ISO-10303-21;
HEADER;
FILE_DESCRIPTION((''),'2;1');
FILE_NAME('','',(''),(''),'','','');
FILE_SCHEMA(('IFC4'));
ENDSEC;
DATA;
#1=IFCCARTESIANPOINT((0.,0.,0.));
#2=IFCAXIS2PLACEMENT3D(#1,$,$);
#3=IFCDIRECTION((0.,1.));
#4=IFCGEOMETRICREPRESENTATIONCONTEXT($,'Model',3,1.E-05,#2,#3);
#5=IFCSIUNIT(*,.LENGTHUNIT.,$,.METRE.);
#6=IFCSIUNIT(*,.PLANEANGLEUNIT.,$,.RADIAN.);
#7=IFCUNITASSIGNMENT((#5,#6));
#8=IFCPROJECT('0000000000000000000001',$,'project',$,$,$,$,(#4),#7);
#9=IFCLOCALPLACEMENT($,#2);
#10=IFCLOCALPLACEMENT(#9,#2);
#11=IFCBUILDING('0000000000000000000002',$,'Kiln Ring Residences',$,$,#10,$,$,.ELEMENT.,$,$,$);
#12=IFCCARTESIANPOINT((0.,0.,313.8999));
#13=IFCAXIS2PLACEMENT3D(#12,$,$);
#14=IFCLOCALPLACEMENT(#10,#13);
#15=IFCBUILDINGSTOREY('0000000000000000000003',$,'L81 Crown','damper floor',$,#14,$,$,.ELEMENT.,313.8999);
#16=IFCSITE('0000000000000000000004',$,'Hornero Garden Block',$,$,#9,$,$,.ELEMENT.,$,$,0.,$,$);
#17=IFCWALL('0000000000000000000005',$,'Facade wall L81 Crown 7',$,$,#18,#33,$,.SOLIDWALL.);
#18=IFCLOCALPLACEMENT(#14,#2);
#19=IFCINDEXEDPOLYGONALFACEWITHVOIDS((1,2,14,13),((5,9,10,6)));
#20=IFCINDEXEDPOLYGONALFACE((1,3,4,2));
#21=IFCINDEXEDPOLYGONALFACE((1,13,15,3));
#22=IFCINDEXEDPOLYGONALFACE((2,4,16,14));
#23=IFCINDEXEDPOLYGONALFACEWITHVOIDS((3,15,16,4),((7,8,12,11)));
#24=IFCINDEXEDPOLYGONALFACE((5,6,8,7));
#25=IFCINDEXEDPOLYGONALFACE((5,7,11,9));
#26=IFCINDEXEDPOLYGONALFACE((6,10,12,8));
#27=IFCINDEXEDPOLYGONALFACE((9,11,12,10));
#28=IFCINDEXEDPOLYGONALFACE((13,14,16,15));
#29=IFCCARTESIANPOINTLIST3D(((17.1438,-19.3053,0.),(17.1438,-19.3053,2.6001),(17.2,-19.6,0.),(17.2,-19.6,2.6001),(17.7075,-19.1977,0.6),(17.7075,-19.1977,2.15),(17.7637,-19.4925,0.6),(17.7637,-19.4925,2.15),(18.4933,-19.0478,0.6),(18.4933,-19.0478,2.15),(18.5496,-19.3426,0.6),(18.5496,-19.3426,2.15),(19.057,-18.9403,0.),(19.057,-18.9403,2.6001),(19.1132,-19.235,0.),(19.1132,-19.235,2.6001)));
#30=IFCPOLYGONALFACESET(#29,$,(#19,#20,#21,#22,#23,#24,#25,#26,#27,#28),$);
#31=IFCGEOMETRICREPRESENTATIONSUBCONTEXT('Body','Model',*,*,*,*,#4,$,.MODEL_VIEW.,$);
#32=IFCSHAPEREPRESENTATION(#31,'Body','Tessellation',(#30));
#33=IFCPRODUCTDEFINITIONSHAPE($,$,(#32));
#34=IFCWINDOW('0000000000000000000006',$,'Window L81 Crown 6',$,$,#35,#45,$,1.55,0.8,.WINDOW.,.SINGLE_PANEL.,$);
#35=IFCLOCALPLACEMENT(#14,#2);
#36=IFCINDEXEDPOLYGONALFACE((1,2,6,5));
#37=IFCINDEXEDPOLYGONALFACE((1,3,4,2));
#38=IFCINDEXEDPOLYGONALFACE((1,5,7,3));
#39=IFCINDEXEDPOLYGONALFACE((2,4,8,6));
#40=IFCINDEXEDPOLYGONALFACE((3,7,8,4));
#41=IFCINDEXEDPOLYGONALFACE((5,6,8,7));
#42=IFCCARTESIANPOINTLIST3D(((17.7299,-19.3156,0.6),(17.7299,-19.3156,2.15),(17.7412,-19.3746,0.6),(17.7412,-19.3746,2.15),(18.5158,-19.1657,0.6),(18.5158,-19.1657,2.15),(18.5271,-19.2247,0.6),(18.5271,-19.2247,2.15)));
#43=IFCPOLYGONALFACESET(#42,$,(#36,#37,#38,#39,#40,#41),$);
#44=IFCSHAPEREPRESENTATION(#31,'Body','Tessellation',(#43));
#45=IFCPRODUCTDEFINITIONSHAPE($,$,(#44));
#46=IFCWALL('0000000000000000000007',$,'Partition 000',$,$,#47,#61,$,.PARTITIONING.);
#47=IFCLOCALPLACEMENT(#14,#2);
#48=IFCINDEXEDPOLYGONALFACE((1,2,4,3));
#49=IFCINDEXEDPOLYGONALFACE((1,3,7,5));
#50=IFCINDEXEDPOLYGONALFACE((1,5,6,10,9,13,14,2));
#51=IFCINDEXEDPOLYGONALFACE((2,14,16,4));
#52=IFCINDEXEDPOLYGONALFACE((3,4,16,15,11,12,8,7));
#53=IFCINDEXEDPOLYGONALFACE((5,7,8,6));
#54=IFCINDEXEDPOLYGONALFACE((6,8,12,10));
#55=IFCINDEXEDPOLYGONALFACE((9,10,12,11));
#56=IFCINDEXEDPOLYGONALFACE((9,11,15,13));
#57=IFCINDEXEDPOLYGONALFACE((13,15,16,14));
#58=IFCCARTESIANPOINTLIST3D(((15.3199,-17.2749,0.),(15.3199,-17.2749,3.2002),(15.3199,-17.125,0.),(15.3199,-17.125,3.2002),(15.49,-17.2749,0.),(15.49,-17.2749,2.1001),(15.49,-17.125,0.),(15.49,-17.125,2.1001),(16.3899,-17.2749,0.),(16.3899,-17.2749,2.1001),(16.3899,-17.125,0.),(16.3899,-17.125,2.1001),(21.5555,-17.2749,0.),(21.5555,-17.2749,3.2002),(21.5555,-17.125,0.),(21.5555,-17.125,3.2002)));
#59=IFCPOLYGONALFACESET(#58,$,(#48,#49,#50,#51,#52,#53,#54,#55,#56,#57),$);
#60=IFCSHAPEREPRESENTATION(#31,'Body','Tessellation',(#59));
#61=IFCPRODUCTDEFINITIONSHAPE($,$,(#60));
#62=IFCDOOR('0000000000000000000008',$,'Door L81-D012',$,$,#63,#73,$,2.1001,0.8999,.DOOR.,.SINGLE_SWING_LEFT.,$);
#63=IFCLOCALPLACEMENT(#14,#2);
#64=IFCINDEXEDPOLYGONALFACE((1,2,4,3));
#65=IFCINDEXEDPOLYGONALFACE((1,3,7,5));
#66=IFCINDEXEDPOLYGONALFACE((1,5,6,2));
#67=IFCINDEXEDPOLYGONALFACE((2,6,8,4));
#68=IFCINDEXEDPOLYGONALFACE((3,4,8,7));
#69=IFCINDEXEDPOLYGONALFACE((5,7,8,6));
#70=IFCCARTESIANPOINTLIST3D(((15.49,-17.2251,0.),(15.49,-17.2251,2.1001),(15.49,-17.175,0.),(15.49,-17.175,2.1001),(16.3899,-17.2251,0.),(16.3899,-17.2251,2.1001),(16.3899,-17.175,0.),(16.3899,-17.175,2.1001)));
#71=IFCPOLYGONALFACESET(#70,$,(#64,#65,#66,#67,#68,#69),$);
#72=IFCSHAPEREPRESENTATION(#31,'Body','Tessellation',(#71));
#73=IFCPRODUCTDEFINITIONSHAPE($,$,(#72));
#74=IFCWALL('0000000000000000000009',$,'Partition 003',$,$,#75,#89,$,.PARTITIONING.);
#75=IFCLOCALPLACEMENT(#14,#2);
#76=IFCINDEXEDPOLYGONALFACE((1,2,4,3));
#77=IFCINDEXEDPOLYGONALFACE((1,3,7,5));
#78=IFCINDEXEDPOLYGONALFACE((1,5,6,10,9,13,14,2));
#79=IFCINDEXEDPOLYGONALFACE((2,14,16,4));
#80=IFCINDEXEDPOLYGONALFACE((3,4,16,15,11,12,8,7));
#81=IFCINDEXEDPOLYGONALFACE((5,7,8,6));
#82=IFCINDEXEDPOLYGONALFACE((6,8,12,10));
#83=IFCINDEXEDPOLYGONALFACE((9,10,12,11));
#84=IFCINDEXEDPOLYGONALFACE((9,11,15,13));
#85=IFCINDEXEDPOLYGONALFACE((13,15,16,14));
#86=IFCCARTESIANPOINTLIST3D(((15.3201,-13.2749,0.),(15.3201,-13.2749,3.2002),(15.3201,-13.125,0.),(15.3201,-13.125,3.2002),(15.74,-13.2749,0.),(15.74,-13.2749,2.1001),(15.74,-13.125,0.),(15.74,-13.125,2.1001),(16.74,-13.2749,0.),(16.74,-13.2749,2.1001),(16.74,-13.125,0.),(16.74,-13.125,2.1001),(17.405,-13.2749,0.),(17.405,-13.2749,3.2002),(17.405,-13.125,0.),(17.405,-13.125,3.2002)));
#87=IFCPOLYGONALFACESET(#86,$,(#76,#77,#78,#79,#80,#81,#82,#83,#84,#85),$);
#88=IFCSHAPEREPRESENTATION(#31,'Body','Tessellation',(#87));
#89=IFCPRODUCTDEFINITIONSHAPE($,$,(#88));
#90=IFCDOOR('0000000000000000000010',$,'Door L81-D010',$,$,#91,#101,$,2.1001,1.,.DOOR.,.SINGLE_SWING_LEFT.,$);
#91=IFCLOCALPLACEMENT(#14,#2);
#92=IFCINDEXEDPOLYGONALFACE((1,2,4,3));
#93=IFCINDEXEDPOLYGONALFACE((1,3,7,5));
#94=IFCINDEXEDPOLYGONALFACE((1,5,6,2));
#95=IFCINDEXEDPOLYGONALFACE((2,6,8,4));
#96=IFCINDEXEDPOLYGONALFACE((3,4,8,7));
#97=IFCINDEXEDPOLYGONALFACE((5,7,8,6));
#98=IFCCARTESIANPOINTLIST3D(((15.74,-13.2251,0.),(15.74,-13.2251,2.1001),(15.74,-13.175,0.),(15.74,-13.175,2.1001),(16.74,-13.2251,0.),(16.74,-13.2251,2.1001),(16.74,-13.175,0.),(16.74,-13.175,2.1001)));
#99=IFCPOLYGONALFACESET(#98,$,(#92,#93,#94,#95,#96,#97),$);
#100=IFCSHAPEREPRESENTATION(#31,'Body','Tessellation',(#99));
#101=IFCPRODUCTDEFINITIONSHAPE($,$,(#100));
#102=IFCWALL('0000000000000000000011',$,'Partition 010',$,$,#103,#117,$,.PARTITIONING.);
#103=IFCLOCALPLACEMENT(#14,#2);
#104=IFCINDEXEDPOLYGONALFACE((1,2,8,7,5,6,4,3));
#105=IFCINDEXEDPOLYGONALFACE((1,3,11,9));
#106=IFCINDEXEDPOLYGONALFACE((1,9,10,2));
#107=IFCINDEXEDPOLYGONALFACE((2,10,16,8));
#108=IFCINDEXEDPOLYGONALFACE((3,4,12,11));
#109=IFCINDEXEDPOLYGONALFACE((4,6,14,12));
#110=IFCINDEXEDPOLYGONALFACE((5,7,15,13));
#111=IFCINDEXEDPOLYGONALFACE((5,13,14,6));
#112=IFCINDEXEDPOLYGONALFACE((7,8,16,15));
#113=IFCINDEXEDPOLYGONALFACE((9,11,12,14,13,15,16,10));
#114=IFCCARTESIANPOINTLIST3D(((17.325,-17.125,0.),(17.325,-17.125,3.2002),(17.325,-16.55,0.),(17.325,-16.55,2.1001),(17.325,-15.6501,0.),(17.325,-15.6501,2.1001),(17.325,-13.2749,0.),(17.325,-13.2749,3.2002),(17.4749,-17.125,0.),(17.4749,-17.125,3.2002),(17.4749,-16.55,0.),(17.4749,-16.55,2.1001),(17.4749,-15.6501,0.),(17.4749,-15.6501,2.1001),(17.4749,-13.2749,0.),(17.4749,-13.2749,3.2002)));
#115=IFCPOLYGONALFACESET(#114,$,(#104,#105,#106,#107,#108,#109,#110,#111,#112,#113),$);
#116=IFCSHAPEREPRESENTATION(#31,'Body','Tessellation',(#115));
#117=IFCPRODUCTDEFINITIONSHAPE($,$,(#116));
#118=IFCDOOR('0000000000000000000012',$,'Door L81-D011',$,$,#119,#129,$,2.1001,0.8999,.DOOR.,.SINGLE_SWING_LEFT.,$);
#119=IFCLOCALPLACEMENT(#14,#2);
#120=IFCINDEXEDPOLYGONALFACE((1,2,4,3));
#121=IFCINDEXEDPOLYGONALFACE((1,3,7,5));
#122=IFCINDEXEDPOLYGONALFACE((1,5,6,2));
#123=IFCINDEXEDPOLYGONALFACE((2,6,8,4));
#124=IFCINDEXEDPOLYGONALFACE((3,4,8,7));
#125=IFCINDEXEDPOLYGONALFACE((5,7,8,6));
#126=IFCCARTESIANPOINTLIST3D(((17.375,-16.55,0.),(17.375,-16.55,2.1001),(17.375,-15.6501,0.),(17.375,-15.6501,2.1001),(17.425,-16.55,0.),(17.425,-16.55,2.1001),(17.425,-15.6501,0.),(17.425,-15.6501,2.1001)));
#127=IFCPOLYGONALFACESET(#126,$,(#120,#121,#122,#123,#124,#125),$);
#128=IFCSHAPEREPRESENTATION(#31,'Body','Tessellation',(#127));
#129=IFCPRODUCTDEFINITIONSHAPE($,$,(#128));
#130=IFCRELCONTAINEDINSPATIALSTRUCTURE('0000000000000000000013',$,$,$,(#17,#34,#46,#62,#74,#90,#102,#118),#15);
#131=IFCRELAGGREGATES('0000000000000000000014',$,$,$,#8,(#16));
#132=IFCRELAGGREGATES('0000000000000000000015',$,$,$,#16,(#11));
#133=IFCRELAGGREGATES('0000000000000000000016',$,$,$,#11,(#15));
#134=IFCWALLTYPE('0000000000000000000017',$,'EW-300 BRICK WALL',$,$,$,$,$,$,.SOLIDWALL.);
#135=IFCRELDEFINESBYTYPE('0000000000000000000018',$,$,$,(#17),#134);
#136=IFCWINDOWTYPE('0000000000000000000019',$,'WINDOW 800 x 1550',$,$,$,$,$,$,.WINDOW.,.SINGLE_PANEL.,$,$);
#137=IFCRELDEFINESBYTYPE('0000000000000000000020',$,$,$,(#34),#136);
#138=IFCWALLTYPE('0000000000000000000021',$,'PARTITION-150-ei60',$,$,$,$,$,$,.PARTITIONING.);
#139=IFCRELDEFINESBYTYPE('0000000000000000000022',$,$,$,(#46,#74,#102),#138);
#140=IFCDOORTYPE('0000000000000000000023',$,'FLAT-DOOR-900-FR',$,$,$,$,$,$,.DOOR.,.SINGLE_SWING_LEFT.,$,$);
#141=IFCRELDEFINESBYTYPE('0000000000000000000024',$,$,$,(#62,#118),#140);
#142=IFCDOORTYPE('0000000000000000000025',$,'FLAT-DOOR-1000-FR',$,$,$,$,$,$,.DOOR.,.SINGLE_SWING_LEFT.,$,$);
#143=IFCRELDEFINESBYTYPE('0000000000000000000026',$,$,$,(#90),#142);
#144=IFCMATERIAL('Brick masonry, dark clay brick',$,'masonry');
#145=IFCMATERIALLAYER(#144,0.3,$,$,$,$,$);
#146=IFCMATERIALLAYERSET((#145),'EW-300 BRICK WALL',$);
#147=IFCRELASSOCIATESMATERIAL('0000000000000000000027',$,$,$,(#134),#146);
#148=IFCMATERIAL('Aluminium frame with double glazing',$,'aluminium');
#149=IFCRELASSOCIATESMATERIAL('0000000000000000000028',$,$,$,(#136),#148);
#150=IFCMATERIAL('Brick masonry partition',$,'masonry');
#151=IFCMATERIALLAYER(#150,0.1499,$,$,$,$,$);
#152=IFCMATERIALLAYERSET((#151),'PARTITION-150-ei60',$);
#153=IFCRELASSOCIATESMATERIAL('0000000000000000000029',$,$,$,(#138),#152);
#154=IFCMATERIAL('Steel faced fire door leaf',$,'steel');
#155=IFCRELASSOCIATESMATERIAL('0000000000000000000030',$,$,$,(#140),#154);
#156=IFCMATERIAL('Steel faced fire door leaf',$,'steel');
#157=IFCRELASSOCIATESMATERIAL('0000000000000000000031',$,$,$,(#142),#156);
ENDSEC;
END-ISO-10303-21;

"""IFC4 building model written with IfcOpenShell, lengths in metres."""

from ifc_helpers import new_model, si_unit, direction, frame, frame_2d, origin, place, context, subcontext, project, spatial, rectangle, extrude, material, layer, layer_set, type_object, element, fill, save


model = new_model("IFC4")

# Units and contexts
model_context = context("Model", 3, precision=1e-05, world=origin(), true_north=direction((0.0, 1.0)))
body_context = subcontext(model_context, "Body", "Model", "MODEL_VIEW")
ifc_project = project(units=[si_unit("LENGTHUNIT", "METRE"), si_unit("PLANEANGLEUNIT", "RADIAN")], contexts=[model_context])

# Site, building, storey
site_placement = place(None, origin())
site = spatial("IfcSite", under=ifc_project, at=site_placement, Name="Hornero Garden Block", CompositionType="ELEMENT", RefElevation=0.0)
building_placement = place(site_placement, origin())
building = spatial("IfcBuilding", under=site, at=building_placement, Name="Kiln Ring Residences", CompositionType="ELEMENT")
storey_placement = place(building_placement, frame((0.0, 0.0, 313.8999)))
storey = spatial("IfcBuildingStorey", under=building, at=storey_placement, Name="L81 Crown", Description="damper floor", CompositionType="ELEMENT", Elevation=313.8999)

# Shared definitions
ifc_material_1 = material(Name="Brick masonry, dark clay brick", Category="masonry")
ifc_layer_1 = layer(ifc_material_1, 0.3)
ifc_layer_set_1 = layer_set([ifc_layer_1], Name="EW-300 BRICK WALL")
wall_type_1 = type_object("IfcWallType", Name="EW-300 BRICK WALL", PredefinedType="SOLIDWALL", material=ifc_layer_set_1)

# Shared definitions
ifc_material_2 = material(Name="Aluminium frame with double glazing", Category="aluminium")
window_type_1 = type_object("IfcWindowType", Name="WINDOW 800 x 1550", PartitioningType="SINGLE_PANEL", PredefinedType="WINDOW", material=ifc_material_2)

# Wall, opening, window
wall_1_placement = place(storey_placement, frame((17.1719, -19.4526, 0.0), z_axis=(0.0, 0.0, 1.0), x_axis=(0.982287, 0.187383, 0.0)))
wall_1 = element("IfcWall", 1, at=wall_1_placement, inside=storey, type_object=wall_type_1, Name="Facade wall L81 Crown 7", PredefinedType="SOLIDWALL", context=body_context, shape_type="SweptSolid", body=[
    extrude(rectangle(XDim=1.9478, YDim=0.3, at=frame_2d((0.9739, 0.0))), origin(), (0.0, 0.0, 1.0), 2.6001),
])
opening_1_placement = place(wall_1_placement, frame((0.574, 0.0, 0.6001)))
opening_1 = element("IfcOpeningElement", 2, at=opening_1_placement, cuts=wall_1, PredefinedType="OPENING", context=body_context, shape_type="SweptSolid", body=[
    extrude(rectangle(XDim=0.8, YDim=1.55, at=frame_2d((0.3999, 0.7749))), frame((0.0, 0.1599, 0.0), z_axis=(0.0, -1.0, 0.0), x_axis=(1.0, 0.0, 0.0)), (0.0, 0.0, 1.0), 0.3201),
])
window_1_placement = place(opening_1_placement, origin())
window_1 = element("IfcWindow", 3, at=window_1_placement, inside=storey, type_object=window_type_1, Name="Window L81 Crown 6", OverallHeight=1.55, OverallWidth=0.8, PartitioningType="SINGLE_PANEL", PredefinedType="WINDOW", context=body_context, shape_type="SweptSolid", body=[
    extrude(rectangle(XDim=0.8, YDim=1.55, at=frame_2d((0.3999, 0.7749))), frame((0.0, 0.03, 0.0), z_axis=(0.0, -1.0, 0.0), x_axis=(1.0, 0.0, 0.0)), (0.0, 0.0, 1.0), 0.0601),
])
fill(opening_1, window_1)

# Walls, openings, doors
ifc_material_3 = material(Name="Brick masonry partition", Category="masonry")
ifc_layer_2 = layer(ifc_material_3, 0.1499)
ifc_layer_set_2 = layer_set([ifc_layer_2], Name="PARTITION-150-ei60")
wall_type_2 = type_object("IfcWallType", Name="PARTITION-150-ei60", PredefinedType="PARTITIONING", material=ifc_layer_set_2)
wall_2_placement = place(storey_placement, frame((15.3201, -17.2, 0.0), z_axis=(0.0, 0.0, 1.0), x_axis=(1.0, 0.0, 0.0)))
wall_2 = element("IfcWall", 4, at=wall_2_placement, inside=storey, type_object=wall_type_2, Name="Partition 000", PredefinedType="PARTITIONING", context=body_context, shape_type="SweptSolid", body=[
    extrude(rectangle(XDim=6.2356, YDim=0.1499, at=frame_2d((3.1177, 0.0))), origin(), (0.0, 0.0, 1.0), 3.2002),
])
opening_2_placement = place(wall_2_placement, frame((0.1699, 0.0, 0.0)))
opening_2 = element("IfcOpeningElement", 5, at=opening_2_placement, cuts=wall_2, PredefinedType="OPENING", context=body_context, shape_type="SweptSolid", body=[
    extrude(rectangle(XDim=0.8999, YDim=2.1001, at=frame_2d((0.45, 1.05))), frame((0.0, 0.085, 0.0), z_axis=(0.0, -1.0, 0.0), x_axis=(1.0, 0.0, 0.0)), (0.0, 0.0, 1.0), 0.1699),
])
ifc_material_4 = material(Name="Steel faced fire door leaf", Category="steel")
door_type_1 = type_object("IfcDoorType", Name="FLAT-DOOR-900-FR", OperationType="SINGLE_SWING_LEFT", PredefinedType="DOOR", material=ifc_material_4)
door_1_placement = place(opening_2_placement, origin())
door_1 = element("IfcDoor", 6, at=door_1_placement, inside=storey, type_object=door_type_1, Name="Door L81-D012", OperationType="SINGLE_SWING_LEFT", OverallHeight=2.1001, OverallWidth=0.8999, PredefinedType="DOOR", context=body_context, shape_type="SweptSolid", body=[
    extrude(rectangle(XDim=0.8999, YDim=2.1001, at=frame_2d((0.45, 1.05))), frame((0.0, 0.0249, 0.0), z_axis=(0.0, -1.0, 0.0), x_axis=(1.0, 0.0, 0.0)), (0.0, 0.0, 1.0), 0.05),
])
fill(opening_2, door_1)
wall_3_placement = place(storey_placement, frame((15.3201, -13.2, 0.0), z_axis=(0.0, 0.0, 1.0), x_axis=(1.0, 0.0, 0.0)))
wall_3 = element("IfcWall", 7, at=wall_3_placement, inside=storey, type_object=wall_type_2, Name="Partition 003", PredefinedType="PARTITIONING", context=body_context, shape_type="SweptSolid", body=[
    extrude(rectangle(XDim=2.085, YDim=0.1499, at=frame_2d((1.0425, 0.0))), origin(), (0.0, 0.0, 1.0), 3.2002),
])
opening_3_placement = place(wall_3_placement, frame((0.4199, 0.0, 0.0)))
opening_3 = element("IfcOpeningElement", 8, at=opening_3_placement, cuts=wall_3, PredefinedType="OPENING", context=body_context, shape_type="SweptSolid", body=[
    extrude(rectangle(XDim=1.0, YDim=2.1001, at=frame_2d((0.5, 1.05))), frame((0.0, 0.085, 0.0), z_axis=(0.0, -1.0, 0.0), x_axis=(1.0, 0.0, 0.0)), (0.0, 0.0, 1.0), 0.1699),
])
ifc_material_5 = material(Name="Steel faced fire door leaf", Category="steel")
door_type_2 = type_object("IfcDoorType", Name="FLAT-DOOR-1000-FR", OperationType="SINGLE_SWING_LEFT", PredefinedType="DOOR", material=ifc_material_5)
door_2_placement = place(opening_3_placement, origin())
door_2 = element("IfcDoor", 9, at=door_2_placement, inside=storey, type_object=door_type_2, Name="Door L81-D010", OperationType="SINGLE_SWING_LEFT", OverallHeight=2.1001, OverallWidth=1.0, PredefinedType="DOOR", context=body_context, shape_type="SweptSolid", body=[
    extrude(rectangle(XDim=1.0, YDim=2.1001, at=frame_2d((0.5, 1.05))), frame((0.0, 0.0249, 0.0), z_axis=(0.0, -1.0, 0.0), x_axis=(1.0, 0.0, 0.0)), (0.0, 0.0, 1.0), 0.05),
])
fill(opening_3, door_2)
wall_4_placement = place(storey_placement, frame((17.3999, -17.125, 0.0), z_axis=(0.0, 0.0, 1.0), x_axis=(0.0, 1.0, 0.0)))
wall_4 = element("IfcWall", 10, at=wall_4_placement, inside=storey, type_object=wall_type_2, Name="Partition 010", PredefinedType="PARTITIONING", context=body_context, shape_type="SweptSolid", body=[
    extrude(rectangle(XDim=3.8501, YDim=0.1499, at=frame_2d((1.925, 0.0))), origin(), (0.0, 0.0, 1.0), 3.2002),
])
opening_4_placement = place(wall_4_placement, frame((0.575, 0.0, 0.0)))
opening_4 = element("IfcOpeningElement", 11, at=opening_4_placement, cuts=wall_4, PredefinedType="OPENING", context=body_context, shape_type="SweptSolid", body=[
    extrude(rectangle(XDim=0.8999, YDim=2.1001, at=frame_2d((0.45, 1.05))), frame((0.0, 0.085, 0.0), z_axis=(0.0, -1.0, 0.0), x_axis=(1.0, 0.0, 0.0)), (0.0, 0.0, 1.0), 0.1699),
])
door_3_placement = place(opening_4_placement, origin())
door_3 = element("IfcDoor", 12, at=door_3_placement, inside=storey, type_object=door_type_1, Name="Door L81-D011", OperationType="SINGLE_SWING_LEFT", OverallHeight=2.1001, OverallWidth=0.8999, PredefinedType="DOOR", context=body_context, shape_type="SweptSolid", body=[
    extrude(rectangle(XDim=0.8999, YDim=2.1001, at=frame_2d((0.45, 1.05))), frame((0.0, 0.0249, 0.0), z_axis=(0.0, -1.0, 0.0), x_axis=(1.0, 0.0, 0.0)), (0.0, 0.0, 1.0), 0.05),
])
fill(opening_4, door_3)

save(model, "model.ifc")
